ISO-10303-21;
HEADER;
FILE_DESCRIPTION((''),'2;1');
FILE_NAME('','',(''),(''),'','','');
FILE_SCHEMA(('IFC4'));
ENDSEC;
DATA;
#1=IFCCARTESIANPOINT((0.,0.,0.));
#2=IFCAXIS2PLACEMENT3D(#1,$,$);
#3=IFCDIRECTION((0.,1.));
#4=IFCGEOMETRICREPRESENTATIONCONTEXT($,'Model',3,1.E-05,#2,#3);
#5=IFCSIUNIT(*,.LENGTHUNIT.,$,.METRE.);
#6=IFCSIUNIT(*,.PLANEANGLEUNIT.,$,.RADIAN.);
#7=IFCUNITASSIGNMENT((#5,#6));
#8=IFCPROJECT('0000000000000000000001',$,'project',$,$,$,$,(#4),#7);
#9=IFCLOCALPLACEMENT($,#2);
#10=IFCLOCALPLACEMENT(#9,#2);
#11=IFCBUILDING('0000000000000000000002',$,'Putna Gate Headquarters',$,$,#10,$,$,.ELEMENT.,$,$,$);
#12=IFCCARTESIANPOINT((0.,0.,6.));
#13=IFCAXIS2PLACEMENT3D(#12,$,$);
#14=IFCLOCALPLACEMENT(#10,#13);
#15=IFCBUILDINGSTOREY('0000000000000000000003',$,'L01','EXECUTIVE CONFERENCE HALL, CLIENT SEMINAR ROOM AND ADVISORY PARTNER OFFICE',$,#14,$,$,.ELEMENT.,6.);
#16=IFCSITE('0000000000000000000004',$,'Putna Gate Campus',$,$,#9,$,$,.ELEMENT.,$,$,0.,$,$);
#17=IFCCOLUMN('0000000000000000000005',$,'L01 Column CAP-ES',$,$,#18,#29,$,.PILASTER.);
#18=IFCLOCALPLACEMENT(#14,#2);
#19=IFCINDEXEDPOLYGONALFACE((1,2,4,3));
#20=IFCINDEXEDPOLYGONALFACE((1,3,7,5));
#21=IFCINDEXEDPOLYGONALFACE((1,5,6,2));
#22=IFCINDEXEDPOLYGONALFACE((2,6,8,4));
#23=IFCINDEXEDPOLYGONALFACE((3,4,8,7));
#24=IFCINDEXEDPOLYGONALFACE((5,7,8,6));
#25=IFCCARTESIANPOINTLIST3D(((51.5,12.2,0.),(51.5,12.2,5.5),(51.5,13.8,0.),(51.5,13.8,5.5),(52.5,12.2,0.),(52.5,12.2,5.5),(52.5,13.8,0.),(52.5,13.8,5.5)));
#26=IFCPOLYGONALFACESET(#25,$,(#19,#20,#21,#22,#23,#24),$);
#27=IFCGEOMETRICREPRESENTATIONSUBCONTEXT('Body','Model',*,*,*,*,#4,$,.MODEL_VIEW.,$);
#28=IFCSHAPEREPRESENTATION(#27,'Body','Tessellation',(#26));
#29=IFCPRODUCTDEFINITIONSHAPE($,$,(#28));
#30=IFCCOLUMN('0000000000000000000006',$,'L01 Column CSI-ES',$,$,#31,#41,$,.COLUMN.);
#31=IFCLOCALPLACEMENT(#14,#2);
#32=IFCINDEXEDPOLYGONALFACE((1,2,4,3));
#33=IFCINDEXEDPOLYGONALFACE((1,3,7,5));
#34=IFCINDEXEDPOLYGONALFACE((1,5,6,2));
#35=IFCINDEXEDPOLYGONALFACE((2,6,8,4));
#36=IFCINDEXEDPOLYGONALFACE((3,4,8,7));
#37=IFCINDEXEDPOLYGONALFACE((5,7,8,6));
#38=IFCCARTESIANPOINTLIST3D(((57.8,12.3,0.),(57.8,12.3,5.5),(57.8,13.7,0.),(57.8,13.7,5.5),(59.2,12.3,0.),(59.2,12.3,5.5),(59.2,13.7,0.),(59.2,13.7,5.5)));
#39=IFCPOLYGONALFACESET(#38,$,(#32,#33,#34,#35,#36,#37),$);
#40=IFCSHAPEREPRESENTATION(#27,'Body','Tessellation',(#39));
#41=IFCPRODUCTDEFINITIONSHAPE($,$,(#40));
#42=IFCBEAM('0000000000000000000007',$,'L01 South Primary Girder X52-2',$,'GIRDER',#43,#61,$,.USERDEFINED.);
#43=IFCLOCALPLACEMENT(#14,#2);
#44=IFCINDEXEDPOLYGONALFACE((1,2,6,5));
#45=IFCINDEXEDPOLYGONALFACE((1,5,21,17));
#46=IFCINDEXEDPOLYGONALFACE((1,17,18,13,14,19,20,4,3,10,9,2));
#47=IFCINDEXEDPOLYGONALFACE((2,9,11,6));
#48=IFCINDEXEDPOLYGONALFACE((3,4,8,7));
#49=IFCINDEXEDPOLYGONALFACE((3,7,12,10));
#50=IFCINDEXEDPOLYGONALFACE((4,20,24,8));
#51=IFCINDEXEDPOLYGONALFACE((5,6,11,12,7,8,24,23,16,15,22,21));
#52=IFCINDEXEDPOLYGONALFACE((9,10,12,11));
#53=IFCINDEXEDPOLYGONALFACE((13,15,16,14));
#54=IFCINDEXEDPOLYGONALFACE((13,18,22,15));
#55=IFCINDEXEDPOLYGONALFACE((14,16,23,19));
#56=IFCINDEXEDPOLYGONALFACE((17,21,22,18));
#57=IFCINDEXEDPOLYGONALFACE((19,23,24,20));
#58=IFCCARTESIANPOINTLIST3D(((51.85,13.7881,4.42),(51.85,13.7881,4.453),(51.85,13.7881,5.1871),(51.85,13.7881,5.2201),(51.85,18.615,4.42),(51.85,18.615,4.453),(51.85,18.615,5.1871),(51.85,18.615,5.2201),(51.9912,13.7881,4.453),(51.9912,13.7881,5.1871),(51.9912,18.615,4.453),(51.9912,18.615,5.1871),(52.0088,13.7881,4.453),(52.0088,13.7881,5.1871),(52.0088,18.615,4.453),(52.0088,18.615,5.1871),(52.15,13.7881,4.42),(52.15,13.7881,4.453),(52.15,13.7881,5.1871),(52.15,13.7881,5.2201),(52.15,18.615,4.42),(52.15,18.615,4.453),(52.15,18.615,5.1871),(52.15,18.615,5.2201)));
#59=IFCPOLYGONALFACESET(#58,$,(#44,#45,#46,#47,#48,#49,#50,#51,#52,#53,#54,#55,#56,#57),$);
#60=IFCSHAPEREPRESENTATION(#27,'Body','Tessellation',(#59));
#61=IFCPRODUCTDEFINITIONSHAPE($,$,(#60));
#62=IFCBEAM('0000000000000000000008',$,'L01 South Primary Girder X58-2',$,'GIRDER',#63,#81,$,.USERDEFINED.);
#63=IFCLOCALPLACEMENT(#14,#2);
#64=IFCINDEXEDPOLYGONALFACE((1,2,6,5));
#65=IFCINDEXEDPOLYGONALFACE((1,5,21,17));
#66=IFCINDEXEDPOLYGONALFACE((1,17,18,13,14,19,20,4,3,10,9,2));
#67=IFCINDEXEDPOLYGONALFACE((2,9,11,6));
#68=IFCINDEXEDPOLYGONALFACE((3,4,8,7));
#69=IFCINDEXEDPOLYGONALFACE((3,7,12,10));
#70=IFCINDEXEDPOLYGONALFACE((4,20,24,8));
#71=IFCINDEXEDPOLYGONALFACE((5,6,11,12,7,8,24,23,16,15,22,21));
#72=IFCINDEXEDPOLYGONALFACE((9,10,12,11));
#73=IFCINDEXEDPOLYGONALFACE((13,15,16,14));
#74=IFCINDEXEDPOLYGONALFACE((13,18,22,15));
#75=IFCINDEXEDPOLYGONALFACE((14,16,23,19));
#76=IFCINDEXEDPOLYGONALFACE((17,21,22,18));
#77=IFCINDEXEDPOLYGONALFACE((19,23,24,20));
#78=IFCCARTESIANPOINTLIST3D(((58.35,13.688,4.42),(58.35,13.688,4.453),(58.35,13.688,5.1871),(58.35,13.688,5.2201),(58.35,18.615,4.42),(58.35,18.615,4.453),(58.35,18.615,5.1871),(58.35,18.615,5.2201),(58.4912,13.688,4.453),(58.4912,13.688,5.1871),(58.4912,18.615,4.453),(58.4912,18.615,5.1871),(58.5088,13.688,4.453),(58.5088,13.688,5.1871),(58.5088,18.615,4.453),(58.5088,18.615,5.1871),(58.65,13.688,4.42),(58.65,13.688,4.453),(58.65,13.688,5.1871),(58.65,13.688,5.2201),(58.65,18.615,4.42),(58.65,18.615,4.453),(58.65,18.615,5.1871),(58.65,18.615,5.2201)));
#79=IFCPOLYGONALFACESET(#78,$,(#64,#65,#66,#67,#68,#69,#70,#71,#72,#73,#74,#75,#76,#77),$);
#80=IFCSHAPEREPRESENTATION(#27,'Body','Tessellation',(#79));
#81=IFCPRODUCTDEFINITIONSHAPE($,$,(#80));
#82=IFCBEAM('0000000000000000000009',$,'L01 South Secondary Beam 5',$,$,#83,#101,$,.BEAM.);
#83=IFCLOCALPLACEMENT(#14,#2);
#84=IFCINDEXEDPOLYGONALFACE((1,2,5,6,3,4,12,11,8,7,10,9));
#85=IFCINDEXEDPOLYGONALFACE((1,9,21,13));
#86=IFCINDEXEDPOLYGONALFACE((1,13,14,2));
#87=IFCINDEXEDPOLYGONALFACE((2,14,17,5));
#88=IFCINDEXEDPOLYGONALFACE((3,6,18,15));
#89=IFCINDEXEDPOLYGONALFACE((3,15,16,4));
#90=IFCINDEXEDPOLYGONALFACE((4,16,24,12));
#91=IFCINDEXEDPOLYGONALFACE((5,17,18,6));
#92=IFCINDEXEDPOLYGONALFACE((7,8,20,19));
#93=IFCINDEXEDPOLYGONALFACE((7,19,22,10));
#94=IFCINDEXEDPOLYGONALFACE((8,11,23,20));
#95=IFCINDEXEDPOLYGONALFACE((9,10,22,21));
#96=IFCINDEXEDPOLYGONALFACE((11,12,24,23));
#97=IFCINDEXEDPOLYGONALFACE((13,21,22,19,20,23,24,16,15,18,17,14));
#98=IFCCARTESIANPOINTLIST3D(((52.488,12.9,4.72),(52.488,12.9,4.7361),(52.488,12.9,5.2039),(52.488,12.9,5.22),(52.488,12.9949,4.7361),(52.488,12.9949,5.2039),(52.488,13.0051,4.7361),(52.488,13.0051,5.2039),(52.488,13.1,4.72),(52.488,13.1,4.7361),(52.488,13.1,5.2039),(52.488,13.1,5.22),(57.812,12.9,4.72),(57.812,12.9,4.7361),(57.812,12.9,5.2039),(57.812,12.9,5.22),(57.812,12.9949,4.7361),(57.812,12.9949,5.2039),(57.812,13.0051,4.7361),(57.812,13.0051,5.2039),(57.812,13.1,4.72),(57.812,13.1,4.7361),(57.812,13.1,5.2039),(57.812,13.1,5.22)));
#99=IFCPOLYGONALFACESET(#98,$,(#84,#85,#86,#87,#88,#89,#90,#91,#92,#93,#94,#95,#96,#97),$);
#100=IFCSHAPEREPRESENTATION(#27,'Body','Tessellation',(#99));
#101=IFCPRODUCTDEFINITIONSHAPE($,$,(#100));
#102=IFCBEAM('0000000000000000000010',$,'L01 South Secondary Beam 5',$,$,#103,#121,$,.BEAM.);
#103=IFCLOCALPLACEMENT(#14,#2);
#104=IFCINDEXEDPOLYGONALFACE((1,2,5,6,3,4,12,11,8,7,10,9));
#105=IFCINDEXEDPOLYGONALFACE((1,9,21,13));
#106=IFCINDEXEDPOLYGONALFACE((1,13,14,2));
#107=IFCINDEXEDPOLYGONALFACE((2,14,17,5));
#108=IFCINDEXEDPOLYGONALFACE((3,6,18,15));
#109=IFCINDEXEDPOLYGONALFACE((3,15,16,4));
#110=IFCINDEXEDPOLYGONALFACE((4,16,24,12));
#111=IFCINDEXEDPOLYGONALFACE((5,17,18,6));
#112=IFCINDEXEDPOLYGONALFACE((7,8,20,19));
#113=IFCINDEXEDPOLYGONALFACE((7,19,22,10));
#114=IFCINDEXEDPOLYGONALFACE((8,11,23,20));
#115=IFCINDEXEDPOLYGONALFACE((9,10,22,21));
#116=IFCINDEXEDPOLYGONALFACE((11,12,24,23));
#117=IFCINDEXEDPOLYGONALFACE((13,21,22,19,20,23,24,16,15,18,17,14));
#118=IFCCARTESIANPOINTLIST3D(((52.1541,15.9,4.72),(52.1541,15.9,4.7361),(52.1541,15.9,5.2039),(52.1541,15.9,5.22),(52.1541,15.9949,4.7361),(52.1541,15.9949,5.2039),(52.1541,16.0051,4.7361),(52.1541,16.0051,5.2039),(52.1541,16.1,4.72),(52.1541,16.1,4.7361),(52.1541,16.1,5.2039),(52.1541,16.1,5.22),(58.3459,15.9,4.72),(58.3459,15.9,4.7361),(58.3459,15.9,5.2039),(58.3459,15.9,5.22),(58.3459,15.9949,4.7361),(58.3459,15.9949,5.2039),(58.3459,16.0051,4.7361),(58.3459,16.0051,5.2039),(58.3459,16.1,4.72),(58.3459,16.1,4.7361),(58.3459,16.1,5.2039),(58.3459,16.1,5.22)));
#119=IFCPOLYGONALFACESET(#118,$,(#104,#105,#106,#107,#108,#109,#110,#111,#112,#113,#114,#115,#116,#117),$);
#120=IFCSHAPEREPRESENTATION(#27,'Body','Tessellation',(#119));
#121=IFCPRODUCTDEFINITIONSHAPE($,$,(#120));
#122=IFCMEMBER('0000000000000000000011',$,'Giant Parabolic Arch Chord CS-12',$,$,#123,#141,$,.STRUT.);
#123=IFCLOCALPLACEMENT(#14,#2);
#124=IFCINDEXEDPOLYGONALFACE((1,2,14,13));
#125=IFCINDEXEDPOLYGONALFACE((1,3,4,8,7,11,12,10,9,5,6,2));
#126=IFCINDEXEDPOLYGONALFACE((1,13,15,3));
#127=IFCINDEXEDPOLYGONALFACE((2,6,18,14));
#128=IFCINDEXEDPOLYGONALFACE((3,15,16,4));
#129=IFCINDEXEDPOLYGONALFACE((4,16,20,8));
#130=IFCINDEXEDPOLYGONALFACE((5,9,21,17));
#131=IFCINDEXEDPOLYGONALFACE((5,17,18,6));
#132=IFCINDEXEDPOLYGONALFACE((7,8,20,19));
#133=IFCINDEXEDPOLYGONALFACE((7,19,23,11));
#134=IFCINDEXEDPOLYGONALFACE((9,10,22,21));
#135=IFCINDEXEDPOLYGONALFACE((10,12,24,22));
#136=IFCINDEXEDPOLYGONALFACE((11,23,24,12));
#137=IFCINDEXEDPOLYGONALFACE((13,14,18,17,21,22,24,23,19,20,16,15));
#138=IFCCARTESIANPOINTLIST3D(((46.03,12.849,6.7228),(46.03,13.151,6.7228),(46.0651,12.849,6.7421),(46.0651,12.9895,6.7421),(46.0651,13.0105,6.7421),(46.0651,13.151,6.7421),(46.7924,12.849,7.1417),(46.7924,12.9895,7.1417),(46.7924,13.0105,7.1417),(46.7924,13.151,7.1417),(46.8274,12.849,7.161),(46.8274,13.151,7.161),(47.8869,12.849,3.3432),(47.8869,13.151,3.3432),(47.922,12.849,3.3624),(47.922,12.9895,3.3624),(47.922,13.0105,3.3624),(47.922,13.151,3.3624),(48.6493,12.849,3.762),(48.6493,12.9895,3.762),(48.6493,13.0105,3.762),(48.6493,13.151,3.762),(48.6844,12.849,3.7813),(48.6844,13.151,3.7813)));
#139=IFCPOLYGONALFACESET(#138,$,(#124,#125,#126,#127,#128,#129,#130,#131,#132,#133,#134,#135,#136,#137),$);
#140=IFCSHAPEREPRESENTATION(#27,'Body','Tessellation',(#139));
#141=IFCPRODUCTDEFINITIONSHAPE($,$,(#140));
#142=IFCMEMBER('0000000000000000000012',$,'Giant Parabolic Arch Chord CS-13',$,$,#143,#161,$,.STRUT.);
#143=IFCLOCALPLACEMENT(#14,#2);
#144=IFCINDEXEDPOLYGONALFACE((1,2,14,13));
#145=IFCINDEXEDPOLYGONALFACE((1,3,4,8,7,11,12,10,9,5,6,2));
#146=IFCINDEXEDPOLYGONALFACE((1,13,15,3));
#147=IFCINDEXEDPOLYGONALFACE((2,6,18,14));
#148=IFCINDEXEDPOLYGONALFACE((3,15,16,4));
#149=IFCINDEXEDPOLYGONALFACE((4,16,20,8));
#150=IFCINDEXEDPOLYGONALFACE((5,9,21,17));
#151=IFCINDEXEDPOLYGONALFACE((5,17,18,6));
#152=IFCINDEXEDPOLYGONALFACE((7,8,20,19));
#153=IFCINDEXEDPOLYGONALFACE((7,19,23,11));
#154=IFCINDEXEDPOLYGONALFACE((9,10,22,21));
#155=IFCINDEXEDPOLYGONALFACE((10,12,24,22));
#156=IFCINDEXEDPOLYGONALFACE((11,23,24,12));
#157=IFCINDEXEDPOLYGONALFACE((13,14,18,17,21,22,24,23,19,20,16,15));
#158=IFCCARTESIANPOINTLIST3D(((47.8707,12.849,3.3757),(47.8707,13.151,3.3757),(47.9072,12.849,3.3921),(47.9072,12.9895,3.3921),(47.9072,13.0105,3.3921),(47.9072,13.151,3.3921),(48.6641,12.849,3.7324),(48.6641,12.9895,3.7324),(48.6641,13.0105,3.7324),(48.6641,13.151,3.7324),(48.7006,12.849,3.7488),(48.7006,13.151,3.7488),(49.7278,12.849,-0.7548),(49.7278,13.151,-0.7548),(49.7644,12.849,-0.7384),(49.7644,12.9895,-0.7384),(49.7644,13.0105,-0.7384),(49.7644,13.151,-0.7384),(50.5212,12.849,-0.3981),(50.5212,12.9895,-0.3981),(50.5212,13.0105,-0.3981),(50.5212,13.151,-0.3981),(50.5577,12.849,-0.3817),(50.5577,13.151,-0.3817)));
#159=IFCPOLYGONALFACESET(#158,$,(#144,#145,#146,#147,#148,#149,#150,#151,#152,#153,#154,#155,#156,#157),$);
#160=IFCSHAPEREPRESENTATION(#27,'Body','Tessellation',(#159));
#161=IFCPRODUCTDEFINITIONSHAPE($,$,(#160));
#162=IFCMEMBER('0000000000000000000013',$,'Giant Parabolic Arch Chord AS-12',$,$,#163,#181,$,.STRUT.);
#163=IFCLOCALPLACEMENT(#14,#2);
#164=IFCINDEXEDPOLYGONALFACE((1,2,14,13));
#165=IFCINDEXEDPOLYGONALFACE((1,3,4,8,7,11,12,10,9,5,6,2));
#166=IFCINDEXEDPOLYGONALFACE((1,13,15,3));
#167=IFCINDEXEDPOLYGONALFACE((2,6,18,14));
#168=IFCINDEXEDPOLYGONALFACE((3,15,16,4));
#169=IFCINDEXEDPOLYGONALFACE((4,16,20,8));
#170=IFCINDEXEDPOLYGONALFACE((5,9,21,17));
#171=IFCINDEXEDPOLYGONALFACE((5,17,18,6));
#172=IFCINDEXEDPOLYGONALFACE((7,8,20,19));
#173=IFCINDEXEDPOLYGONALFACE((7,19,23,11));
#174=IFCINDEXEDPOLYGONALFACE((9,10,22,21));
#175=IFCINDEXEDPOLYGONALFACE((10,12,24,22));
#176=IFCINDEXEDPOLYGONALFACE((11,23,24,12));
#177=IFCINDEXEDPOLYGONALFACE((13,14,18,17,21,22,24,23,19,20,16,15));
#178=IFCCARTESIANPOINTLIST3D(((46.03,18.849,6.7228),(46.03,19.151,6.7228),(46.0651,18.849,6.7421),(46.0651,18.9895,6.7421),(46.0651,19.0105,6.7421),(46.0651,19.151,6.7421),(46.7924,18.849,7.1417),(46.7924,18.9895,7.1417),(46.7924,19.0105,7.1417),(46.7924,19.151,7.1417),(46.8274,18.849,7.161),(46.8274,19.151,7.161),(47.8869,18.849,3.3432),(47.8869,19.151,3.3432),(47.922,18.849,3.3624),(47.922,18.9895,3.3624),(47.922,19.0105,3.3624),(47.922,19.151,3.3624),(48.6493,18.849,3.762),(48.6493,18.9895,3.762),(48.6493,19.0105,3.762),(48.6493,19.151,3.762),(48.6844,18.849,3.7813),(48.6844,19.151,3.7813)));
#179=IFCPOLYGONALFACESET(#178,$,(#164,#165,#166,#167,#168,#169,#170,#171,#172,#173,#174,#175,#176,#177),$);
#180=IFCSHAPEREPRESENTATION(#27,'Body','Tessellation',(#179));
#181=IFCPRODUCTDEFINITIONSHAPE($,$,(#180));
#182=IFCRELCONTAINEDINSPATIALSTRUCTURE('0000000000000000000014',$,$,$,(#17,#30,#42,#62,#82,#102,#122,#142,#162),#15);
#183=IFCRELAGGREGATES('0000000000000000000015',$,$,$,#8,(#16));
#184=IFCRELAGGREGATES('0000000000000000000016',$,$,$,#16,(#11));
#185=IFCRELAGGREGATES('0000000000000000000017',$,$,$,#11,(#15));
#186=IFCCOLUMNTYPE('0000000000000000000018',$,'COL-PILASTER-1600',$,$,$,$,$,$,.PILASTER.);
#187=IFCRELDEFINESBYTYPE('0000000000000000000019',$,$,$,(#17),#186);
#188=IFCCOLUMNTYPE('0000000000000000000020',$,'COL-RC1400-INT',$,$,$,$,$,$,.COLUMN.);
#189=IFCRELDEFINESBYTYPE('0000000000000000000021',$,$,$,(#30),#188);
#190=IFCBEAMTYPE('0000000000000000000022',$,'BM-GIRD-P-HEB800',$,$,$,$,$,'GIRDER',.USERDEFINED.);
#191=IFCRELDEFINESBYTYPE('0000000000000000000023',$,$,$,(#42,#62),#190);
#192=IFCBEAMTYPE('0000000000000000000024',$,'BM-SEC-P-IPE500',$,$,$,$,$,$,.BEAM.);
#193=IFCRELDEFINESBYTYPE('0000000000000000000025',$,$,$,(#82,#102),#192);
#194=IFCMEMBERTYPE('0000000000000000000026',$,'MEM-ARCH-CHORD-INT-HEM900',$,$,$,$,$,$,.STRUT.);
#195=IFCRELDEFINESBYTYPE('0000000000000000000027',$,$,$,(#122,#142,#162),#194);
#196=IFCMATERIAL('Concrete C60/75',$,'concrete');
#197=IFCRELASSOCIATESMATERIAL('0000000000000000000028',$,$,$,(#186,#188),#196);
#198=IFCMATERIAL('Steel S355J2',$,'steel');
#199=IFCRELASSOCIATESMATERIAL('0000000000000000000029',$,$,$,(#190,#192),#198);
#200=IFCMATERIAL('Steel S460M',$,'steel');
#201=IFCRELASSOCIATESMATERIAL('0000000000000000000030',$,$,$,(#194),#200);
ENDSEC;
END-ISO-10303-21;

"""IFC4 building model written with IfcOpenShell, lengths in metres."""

from ifc_helpers import new_model, si_unit, direction, frame, origin, origin_2d, place, context, subcontext, project, spatial, rectangle, i_section, extrude, material, material_profile, profile_set, type_object, element, save


model = new_model("IFC4")

# Units and contexts
model_context = context("Model", 3, precision=1e-05, world=origin(), true_north=direction((0.0, 1.0)))
body_context = subcontext(model_context, "Body", "Model", "MODEL_VIEW")
ifc_project = project(units=[si_unit("LENGTHUNIT", "METRE"), si_unit("PLANEANGLEUNIT", "RADIAN")], contexts=[model_context])

# Site, building, storey
site_placement = place(None, origin())
site = spatial("IfcSite", under=ifc_project, at=site_placement, Name="Putna Gate Campus", CompositionType="ELEMENT", RefElevation=0.0)
building_placement = place(site_placement, origin())
building = spatial("IfcBuilding", under=site, at=building_placement, Name="Putna Gate Headquarters", CompositionType="ELEMENT")
storey_placement = place(building_placement, frame((0.0, 0.0, 6.0)))
storey = spatial("IfcBuildingStorey", under=building, at=storey_placement, Name="L01", Description="EXECUTIVE CONFERENCE HALL, CLIENT SEMINAR ROOM AND ADVISORY PARTNER OFFICE", CompositionType="ELEMENT", Elevation=6.0)

# Columns
ifc_material_1 = material(Name="Concrete C60/75", Category="concrete")
ifc_material_profile_1 = material_profile(ifc_material_1, rectangle(XDim=1.0, YDim=1.6001, at=origin_2d()), Name="Concrete C60/75")
ifc_profile_set_1 = profile_set([ifc_material_profile_1], Name="Concrete C60/75")
column_type_1 = type_object("IfcColumnType", Name="COL-PILASTER-1600", PredefinedType="PILASTER", material=ifc_profile_set_1)
column_1_placement = place(storey_placement, frame((52.0, 13.0, 0.0), z_axis=(0.0, 0.0, 1.0), x_axis=(1.0, 0.0, 0.0)))
element("IfcColumn", 1, at=column_1_placement, inside=storey, type_object=column_type_1, Name="L01 Column CAP-ES", PredefinedType="PILASTER", context=body_context, shape_type="SweptSolid", body=[
    extrude(rectangle(XDim=1.0, YDim=1.6001, at=origin_2d()), origin(), (0.0, 0.0, 1.0), 5.5),
])
ifc_material_profile_2 = material_profile(ifc_material_1, rectangle(XDim=1.3999, YDim=1.3999, at=origin_2d()), Name="Concrete C60/75")
ifc_profile_set_2 = profile_set([ifc_material_profile_2], Name="Concrete C60/75")
column_type_2 = type_object("IfcColumnType", Name="COL-RC1400-INT", PredefinedType="COLUMN", material=ifc_profile_set_2)
column_2_placement = place(storey_placement, frame((58.5, 13.0, 0.0), z_axis=(0.0, 0.0, 1.0), x_axis=(1.0, 0.0, 0.0)))
element("IfcColumn", 2, at=column_2_placement, inside=storey, type_object=column_type_2, Name="L01 Column CSI-ES", PredefinedType="COLUMN", context=body_context, shape_type="SweptSolid", body=[
    extrude(rectangle(XDim=1.3999, YDim=1.3999, at=origin_2d()), origin(), (0.0, 0.0, 1.0), 5.5),
])

# Beams
ifc_material_2 = material(Name="Steel S355J2", Category="steel")
ifc_material_profile_3 = material_profile(ifc_material_2, i_section(OverallWidth=0.3, OverallDepth=0.8, WebThickness=0.0176, FlangeThickness=0.033, at=origin_2d()), Name="Steel S355J2")
ifc_profile_set_3 = profile_set([ifc_material_profile_3], Name="Steel S355J2")
beam_type_1 = type_object("IfcBeamType", Name="BM-GIRD-P-HEB800", ElementType="GIRDER", PredefinedType="USERDEFINED", material=ifc_profile_set_3)
beam_1_placement = place(storey_placement, frame((52.0, 13.7881, 4.8201), z_axis=(0.0, 1.0, 0.0), x_axis=(-1.0, 0.0, 0.0)))
element("IfcBeam", 3, at=beam_1_placement, inside=storey, type_object=beam_type_1, Name="L01 South Primary Girder X52-2", ObjectType="GIRDER", PredefinedType="USERDEFINED", context=body_context, shape_type="SweptSolid", body=[
    extrude(i_section(OverallWidth=0.3, OverallDepth=0.8, WebThickness=0.0176, FlangeThickness=0.033, at=origin_2d()), origin(), (0.0, 0.0, 1.0), 4.8269),
])
beam_2_placement = place(storey_placement, frame((58.5, 13.688, 4.8201), z_axis=(0.0, 1.0, 0.0), x_axis=(-1.0, 0.0, 0.0)))
element("IfcBeam", 4, at=beam_2_placement, inside=storey, type_object=beam_type_1, Name="L01 South Primary Girder X58-2", ObjectType="GIRDER", PredefinedType="USERDEFINED", context=body_context, shape_type="SweptSolid", body=[
    extrude(i_section(OverallWidth=0.3, OverallDepth=0.8, WebThickness=0.0176, FlangeThickness=0.033, at=origin_2d()), origin(), (0.0, 0.0, 1.0), 4.927),
])
ifc_material_profile_4 = material_profile(ifc_material_2, i_section(OverallWidth=0.2, OverallDepth=0.5, WebThickness=0.0103, FlangeThickness=0.0161, at=origin_2d()), Name="Steel S355J2")
ifc_profile_set_4 = profile_set([ifc_material_profile_4], Name="Steel S355J2")
beam_type_2 = type_object("IfcBeamType", Name="BM-SEC-P-IPE500", PredefinedType="BEAM", material=ifc_profile_set_4)
beam_3_placement = place(storey_placement, frame((52.488, 13.0, 4.97), z_axis=(1.0, 0.0, 0.0), x_axis=(0.0, 1.0, 0.0)))
element("IfcBeam", 5, at=beam_3_placement, inside=storey, type_object=beam_type_2, Name="L01 South Secondary Beam 5", PredefinedType="BEAM", context=body_context, shape_type="SweptSolid", body=[
    extrude(i_section(OverallWidth=0.2, OverallDepth=0.5, WebThickness=0.0103, FlangeThickness=0.0161, at=origin_2d()), origin(), (0.0, 0.0, 1.0), 5.324),
])
beam_4_placement = place(storey_placement, frame((52.1541, 16.0, 4.97), z_axis=(1.0, 0.0, 0.0), x_axis=(0.0, 1.0, 0.0)))
element("IfcBeam", 6, at=beam_4_placement, inside=storey, type_object=beam_type_2, Name="L01 South Secondary Beam 5", PredefinedType="BEAM", context=body_context, shape_type="SweptSolid", body=[
    extrude(i_section(OverallWidth=0.2, OverallDepth=0.5, WebThickness=0.0103, FlangeThickness=0.0161, at=origin_2d()), origin(), (0.0, 0.0, 1.0), 6.1919),
])

# Members
ifc_material_3 = material(Name="Steel S460M", Category="steel")
ifc_material_profile_5 = material_profile(ifc_material_3, i_section(OverallWidth=0.302, OverallDepth=0.9099, WebThickness=0.021, FlangeThickness=0.04, at=origin_2d()), Name="Steel S460M")
ifc_profile_set_5 = profile_set([ifc_material_profile_5], Name="Steel S460M")
member_type_1 = type_object("IfcMemberType", Name="MEM-ARCH-CHORD-INT-HEM900", PredefinedType="STRUT", material=ifc_profile_set_5)
member_1_placement = place(storey_placement, frame((46.4287, 13.0, 6.9419), z_axis=(0.481547, 0.0, -0.87642), x_axis=(0.0, 1.0, 0.0)))
element("IfcMember", 7, at=member_1_placement, inside=storey, type_object=member_type_1, Name="Giant Parabolic Arch Chord CS-12", PredefinedType="STRUT", context=body_context, shape_type="SweptSolid", body=[
    extrude(i_section(OverallWidth=0.302, OverallDepth=0.9099, WebThickness=0.021, FlangeThickness=0.04, at=origin_2d()), origin(), (0.0, 0.0, 1.0), 3.8562),
])
member_2_placement = place(storey_placement, frame((48.2856, 13.0, 3.5623), z_axis=(0.410071, 0.0, -0.912054), x_axis=(0.0, 1.0, 0.0)))
element("IfcMember", 8, at=member_2_placement, inside=storey, type_object=member_type_1, Name="Giant Parabolic Arch Chord CS-13", PredefinedType="STRUT", context=body_context, shape_type="SweptSolid", body=[
    extrude(i_section(OverallWidth=0.302, OverallDepth=0.9099, WebThickness=0.021, FlangeThickness=0.04, at=origin_2d()), origin(), (0.0, 0.0, 1.0), 4.5288),
])
member_3_placement = place(storey_placement, frame((46.4287, 19.0, 6.9419), z_axis=(0.481547, 0.0, -0.87642), x_axis=(0.0, 1.0, 0.0)))
element("IfcMember", 9, at=member_3_placement, inside=storey, type_object=member_type_1, Name="Giant Parabolic Arch Chord AS-12", PredefinedType="STRUT", context=body_context, shape_type="SweptSolid", body=[
    extrude(i_section(OverallWidth=0.302, OverallDepth=0.9099, WebThickness=0.021, FlangeThickness=0.04, at=origin_2d()), origin(), (0.0, 0.0, 1.0), 3.8562),
])

save(model, "model.ifc")
